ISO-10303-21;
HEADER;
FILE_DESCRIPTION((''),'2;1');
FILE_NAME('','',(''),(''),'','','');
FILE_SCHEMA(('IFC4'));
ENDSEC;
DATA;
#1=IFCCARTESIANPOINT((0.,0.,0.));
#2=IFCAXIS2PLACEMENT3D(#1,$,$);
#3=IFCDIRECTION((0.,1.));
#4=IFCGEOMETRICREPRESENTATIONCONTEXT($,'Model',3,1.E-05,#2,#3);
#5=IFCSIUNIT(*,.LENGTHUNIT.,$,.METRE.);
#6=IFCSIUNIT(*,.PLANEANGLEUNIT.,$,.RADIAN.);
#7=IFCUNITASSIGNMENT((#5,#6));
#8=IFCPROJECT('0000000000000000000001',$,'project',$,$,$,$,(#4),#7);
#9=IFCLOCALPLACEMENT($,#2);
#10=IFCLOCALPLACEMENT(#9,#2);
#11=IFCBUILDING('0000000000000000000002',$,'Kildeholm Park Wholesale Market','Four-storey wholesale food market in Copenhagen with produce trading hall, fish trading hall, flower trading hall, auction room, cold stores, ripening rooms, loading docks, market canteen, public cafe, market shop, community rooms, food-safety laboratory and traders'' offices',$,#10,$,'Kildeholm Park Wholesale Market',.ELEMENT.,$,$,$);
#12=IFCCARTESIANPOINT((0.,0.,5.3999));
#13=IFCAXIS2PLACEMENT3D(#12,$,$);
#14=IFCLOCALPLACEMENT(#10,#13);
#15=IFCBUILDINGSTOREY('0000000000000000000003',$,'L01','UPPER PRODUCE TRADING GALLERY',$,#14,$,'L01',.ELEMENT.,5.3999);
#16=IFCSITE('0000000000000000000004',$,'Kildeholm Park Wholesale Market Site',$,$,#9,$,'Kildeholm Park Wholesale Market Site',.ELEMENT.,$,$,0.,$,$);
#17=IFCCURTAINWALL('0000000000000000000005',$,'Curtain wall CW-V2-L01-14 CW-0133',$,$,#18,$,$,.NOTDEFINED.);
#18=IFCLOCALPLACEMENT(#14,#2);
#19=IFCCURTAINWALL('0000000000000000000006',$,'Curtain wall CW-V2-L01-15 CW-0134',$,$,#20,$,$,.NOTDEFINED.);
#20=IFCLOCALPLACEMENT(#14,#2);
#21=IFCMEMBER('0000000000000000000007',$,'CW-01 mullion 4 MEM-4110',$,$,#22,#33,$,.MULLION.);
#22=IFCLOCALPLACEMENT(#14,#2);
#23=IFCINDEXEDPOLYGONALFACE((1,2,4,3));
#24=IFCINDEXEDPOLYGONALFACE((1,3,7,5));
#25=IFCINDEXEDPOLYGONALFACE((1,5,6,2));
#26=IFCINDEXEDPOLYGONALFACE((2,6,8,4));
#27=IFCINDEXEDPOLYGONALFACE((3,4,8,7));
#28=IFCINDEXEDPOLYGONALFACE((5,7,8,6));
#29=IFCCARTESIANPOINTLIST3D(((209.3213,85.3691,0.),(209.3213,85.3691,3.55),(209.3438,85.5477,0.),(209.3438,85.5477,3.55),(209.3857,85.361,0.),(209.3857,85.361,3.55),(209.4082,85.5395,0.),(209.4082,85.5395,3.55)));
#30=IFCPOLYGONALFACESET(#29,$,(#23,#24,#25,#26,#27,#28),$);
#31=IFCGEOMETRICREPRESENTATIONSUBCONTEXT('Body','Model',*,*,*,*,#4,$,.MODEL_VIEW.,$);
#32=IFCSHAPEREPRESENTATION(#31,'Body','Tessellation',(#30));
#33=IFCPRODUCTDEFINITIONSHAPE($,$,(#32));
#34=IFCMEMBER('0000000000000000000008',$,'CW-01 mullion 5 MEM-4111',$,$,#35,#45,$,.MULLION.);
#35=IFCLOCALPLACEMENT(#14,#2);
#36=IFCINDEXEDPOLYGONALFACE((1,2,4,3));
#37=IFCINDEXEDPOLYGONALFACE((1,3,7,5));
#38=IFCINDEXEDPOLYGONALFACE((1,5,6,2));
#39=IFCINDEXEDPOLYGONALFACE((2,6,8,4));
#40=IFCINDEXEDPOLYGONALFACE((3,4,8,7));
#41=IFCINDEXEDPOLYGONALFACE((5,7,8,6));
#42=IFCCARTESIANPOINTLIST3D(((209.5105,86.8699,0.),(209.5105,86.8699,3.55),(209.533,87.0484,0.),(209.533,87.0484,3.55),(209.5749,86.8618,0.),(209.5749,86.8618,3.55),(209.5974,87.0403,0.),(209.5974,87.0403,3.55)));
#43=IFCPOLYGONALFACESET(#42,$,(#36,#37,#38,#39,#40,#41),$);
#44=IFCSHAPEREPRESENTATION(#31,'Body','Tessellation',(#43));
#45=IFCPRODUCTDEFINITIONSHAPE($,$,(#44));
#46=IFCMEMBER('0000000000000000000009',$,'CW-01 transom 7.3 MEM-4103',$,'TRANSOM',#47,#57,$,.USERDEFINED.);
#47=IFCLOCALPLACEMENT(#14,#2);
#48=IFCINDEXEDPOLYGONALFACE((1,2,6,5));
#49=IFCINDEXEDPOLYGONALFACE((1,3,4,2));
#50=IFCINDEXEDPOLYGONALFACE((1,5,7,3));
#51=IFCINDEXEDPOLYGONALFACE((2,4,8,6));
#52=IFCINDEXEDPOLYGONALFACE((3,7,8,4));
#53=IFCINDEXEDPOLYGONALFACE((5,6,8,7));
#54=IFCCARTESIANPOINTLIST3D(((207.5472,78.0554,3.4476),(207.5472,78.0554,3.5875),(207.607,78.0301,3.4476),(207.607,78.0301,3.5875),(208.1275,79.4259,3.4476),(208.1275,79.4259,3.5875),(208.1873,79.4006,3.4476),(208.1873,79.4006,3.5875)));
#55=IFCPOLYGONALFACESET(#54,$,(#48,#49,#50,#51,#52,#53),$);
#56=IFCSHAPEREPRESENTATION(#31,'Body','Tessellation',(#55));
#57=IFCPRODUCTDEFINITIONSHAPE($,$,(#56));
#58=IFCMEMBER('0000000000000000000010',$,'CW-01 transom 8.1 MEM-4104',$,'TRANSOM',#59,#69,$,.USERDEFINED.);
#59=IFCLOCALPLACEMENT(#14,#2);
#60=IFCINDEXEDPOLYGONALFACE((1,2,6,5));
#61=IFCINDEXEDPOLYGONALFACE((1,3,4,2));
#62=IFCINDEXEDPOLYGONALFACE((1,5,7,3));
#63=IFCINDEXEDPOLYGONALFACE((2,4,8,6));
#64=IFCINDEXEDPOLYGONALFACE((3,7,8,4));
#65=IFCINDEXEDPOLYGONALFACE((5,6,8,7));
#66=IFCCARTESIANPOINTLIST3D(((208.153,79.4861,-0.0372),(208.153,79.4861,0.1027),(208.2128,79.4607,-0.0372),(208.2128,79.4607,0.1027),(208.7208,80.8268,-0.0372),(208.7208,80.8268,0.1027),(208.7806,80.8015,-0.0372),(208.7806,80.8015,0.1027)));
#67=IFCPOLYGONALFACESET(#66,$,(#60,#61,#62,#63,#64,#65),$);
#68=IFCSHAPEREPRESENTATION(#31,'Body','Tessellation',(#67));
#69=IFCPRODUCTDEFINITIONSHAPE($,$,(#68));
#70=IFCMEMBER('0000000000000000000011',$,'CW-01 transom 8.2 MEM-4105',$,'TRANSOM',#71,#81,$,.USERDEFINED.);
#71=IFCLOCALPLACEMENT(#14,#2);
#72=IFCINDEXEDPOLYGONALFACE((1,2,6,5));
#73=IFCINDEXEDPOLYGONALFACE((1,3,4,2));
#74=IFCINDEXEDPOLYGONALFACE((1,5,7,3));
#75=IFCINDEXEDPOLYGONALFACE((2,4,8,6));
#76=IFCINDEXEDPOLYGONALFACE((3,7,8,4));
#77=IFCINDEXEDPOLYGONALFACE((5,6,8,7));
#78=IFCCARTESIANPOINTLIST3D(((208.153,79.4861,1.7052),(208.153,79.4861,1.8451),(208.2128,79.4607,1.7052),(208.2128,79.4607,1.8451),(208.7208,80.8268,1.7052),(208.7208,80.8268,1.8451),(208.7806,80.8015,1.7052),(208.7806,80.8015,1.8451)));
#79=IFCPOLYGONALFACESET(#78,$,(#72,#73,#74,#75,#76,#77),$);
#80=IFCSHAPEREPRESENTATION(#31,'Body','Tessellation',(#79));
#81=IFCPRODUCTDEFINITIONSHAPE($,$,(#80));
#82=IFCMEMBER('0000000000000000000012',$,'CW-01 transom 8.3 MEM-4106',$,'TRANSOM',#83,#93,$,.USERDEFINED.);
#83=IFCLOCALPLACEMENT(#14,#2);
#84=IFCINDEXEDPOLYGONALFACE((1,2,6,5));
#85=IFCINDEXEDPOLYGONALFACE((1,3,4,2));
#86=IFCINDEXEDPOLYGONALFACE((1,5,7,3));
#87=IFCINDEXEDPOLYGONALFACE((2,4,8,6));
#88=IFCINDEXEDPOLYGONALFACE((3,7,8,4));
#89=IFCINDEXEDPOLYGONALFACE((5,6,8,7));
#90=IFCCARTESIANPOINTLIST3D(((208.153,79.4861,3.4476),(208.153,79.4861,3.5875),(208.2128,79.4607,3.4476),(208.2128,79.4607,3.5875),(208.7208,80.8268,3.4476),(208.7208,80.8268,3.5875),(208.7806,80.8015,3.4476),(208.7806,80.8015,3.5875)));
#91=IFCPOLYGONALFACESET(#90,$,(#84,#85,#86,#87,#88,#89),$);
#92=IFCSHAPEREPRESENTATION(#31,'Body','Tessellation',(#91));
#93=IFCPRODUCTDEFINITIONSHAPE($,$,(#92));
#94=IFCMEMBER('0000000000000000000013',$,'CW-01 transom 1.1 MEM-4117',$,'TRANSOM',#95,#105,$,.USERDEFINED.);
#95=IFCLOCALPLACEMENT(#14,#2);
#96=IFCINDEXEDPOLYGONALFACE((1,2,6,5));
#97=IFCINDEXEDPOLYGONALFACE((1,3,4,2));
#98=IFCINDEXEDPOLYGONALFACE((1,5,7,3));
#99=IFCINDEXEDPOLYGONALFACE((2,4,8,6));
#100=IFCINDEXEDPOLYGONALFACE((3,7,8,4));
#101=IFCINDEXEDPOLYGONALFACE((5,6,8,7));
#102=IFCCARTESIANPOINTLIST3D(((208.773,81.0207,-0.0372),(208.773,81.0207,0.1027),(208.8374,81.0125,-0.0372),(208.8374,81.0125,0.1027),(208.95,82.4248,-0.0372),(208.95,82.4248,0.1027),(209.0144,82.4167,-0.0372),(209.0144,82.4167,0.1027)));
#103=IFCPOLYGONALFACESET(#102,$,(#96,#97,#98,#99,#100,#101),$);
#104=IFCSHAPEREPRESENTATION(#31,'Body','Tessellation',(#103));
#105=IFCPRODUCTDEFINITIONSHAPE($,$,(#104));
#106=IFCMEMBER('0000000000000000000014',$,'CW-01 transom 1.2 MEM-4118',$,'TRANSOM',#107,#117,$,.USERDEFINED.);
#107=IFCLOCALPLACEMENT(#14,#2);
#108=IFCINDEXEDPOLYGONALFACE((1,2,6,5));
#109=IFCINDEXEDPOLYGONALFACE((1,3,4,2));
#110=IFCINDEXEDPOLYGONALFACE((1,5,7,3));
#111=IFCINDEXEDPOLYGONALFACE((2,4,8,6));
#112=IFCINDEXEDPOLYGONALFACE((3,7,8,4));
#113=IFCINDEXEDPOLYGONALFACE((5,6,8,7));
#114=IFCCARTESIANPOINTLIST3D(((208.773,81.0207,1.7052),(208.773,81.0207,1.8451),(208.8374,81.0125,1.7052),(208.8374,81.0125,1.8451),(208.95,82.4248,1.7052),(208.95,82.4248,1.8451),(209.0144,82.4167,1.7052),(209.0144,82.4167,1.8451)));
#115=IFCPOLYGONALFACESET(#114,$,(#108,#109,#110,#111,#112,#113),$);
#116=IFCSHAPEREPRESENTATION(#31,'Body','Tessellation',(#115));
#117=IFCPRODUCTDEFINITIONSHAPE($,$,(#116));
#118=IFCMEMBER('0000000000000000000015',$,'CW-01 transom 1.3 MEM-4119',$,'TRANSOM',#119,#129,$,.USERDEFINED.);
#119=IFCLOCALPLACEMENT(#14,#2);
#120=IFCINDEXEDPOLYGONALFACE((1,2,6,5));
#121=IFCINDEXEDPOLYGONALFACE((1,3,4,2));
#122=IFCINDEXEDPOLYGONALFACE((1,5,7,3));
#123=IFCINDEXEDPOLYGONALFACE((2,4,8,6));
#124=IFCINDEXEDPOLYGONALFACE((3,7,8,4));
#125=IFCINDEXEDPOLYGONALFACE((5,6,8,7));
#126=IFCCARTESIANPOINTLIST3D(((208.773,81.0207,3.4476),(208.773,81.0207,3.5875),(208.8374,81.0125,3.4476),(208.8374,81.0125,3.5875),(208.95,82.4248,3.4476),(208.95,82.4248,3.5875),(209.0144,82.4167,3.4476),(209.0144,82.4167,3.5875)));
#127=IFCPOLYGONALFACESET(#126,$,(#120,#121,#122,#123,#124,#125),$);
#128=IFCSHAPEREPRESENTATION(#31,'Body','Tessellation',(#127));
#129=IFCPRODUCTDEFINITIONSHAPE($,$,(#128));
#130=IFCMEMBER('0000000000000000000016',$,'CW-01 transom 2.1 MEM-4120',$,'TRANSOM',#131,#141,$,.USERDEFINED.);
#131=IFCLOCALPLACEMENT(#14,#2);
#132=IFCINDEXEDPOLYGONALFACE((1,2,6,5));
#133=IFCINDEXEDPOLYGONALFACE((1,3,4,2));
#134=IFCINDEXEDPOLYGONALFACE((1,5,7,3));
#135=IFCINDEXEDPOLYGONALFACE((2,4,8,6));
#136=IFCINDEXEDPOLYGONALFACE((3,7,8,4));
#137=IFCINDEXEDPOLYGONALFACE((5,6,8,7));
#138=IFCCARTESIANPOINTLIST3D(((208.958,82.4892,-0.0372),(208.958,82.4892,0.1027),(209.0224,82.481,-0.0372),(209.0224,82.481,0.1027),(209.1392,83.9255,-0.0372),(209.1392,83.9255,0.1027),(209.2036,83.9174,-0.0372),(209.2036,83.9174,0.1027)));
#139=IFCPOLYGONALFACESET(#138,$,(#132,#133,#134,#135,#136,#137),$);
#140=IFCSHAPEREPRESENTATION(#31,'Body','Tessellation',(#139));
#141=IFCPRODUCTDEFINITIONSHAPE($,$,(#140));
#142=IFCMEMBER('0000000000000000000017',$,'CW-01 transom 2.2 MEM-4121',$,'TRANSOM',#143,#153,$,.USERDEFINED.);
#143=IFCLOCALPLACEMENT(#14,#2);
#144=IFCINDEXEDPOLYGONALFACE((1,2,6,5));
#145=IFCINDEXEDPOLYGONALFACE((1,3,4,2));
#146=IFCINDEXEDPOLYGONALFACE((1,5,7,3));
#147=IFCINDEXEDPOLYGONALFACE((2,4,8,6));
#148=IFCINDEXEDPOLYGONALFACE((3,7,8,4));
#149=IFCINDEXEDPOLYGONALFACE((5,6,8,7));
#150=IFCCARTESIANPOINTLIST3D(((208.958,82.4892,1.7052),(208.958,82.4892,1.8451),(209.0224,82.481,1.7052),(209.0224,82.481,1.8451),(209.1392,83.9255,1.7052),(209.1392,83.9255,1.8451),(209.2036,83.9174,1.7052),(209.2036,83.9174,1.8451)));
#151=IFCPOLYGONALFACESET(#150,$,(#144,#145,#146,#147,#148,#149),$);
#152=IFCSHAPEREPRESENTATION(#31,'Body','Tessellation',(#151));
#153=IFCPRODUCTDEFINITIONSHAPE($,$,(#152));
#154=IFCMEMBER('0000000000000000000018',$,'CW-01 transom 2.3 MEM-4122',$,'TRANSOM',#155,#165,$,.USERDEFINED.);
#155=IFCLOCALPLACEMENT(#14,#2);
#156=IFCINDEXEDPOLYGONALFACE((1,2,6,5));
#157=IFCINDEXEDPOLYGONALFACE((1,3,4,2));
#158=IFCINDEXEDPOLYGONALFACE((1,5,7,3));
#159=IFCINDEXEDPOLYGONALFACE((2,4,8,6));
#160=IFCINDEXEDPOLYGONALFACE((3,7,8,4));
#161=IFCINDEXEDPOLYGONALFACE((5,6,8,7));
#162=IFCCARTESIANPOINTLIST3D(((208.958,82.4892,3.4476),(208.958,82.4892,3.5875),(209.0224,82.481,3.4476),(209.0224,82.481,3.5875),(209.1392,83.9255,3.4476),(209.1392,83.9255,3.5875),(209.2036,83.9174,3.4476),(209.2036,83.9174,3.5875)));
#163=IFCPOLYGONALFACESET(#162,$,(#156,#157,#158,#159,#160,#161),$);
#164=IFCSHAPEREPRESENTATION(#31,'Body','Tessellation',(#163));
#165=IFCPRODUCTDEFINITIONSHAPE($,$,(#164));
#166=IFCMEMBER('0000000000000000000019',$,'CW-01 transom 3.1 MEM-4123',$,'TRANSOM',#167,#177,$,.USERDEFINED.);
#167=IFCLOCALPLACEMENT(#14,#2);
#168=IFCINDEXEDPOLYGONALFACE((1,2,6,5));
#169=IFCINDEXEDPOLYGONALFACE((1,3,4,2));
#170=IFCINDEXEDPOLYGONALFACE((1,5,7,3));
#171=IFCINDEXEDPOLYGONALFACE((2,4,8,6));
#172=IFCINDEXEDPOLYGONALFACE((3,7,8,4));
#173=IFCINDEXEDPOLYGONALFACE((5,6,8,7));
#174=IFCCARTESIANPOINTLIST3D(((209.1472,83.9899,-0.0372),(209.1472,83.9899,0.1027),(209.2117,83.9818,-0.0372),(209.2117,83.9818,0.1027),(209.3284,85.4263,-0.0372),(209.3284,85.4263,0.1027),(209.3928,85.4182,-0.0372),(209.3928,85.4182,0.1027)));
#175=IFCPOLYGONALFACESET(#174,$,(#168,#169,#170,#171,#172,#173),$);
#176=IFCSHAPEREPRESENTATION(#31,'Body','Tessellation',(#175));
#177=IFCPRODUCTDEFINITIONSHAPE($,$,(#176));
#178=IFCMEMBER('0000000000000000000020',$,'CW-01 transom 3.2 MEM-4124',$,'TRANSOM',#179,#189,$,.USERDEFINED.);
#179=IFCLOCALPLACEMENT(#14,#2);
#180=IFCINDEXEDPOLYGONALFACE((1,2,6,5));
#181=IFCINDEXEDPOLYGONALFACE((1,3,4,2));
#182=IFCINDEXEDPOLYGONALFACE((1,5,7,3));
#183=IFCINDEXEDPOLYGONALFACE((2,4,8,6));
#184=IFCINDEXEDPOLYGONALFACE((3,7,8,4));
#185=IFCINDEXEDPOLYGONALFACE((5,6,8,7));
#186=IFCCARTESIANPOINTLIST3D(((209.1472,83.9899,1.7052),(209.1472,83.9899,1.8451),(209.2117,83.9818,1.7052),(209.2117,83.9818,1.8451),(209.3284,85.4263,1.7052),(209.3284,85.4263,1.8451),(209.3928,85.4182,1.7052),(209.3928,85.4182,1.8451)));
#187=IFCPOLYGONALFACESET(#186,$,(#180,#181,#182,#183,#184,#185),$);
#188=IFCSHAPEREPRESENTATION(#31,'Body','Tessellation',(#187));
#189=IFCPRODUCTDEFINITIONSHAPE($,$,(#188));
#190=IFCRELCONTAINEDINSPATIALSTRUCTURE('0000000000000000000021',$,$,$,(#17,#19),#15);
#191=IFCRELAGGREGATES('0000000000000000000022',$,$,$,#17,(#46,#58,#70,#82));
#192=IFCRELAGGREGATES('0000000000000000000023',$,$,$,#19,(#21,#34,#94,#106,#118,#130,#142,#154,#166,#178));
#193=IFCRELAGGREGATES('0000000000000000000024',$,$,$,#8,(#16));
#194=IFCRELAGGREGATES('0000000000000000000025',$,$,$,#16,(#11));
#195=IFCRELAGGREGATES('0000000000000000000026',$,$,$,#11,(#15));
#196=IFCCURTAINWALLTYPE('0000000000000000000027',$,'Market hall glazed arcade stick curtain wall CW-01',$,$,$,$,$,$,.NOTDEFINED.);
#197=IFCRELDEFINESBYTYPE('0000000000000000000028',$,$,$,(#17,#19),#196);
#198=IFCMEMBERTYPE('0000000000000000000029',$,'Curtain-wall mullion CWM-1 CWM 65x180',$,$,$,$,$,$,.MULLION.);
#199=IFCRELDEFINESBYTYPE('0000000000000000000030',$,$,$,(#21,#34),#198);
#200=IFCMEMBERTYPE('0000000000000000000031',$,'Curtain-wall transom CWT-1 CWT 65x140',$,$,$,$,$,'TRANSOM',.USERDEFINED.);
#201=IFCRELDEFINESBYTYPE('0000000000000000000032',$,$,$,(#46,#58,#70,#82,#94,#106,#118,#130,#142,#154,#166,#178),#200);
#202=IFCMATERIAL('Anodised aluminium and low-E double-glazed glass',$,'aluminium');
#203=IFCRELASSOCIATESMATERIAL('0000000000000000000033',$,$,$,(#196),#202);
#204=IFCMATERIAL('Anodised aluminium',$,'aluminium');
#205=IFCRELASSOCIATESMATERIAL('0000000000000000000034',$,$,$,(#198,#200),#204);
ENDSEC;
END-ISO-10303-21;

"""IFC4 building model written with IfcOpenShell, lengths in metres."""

from ifc_helpers import new_model, si_unit, direction, frame, origin, origin_2d, place, context, subcontext, project, spatial, rectangle, extrude, material, material_profile, profile_set, type_object, element, aggregate, save


model = new_model("IFC4")

# Units and contexts
model_context = context("Model", 3, precision=1e-05, world=origin(), true_north=direction((0.0, 1.0)))
body_context = subcontext(model_context, "Body", "Model", "MODEL_VIEW")
ifc_project = project(units=[si_unit("LENGTHUNIT", "METRE"), si_unit("PLANEANGLEUNIT", "RADIAN")], contexts=[model_context])

# Site, building, storey
site_placement = place(None, origin())
site = spatial("IfcSite", under=ifc_project, at=site_placement, Name="Kildeholm Park Wholesale Market Site", LongName="Kildeholm Park Wholesale Market Site", CompositionType="ELEMENT", RefElevation=0.0)
building_placement = place(site_placement, origin())
building = spatial("IfcBuilding", under=site, at=building_placement, Name="Kildeholm Park Wholesale Market", Description="Four-storey wholesale food market in Copenhagen with produce trading hall, fish trading hall, flower trading hall, auction room, cold stores, ripening rooms, loading docks, market canteen, public cafe, market shop, community rooms, food-safety laboratory and traders' offices", LongName="Kildeholm Park Wholesale Market", CompositionType="ELEMENT")
storey_placement = place(building_placement, frame((0.0, 0.0, 5.3999)))
storey = spatial("IfcBuildingStorey", under=building, at=storey_placement, Name="L01", Description="UPPER PRODUCE TRADING GALLERY", LongName="L01", CompositionType="ELEMENT", Elevation=5.3999)

# Curtain walls, members
ifc_material_1 = material(Name="Anodised aluminium and low-E double-glazed glass", Category="aluminium")
curtain_wall_type = type_object("IfcCurtainWallType", Name="Market hall glazed arcade stick curtain wall CW-01", PredefinedType="NOTDEFINED", material=ifc_material_1)
curtain_wall_1_placement = place(storey_placement, origin())
curtain_wall_1 = element("IfcCurtainWall", 1, at=curtain_wall_1_placement, inside=storey, type_object=curtain_wall_type, Name="Curtain wall CW-V2-L01-14 CW-0133", PredefinedType="NOTDEFINED")
ifc_material_2 = material(Name="Anodised aluminium", Category="aluminium")
ifc_material_profile_1 = material_profile(ifc_material_2, rectangle(XDim=0.0649, YDim=0.1799, at=origin_2d()), Name="CWM 65x180")
ifc_profile_set_1 = profile_set([ifc_material_profile_1], Name="Anodised aluminium")
member_type_1 = type_object("IfcMemberType", Name="Curtain-wall mullion CWM-1 CWM 65x180", PredefinedType="MULLION", material=ifc_profile_set_1)
curtain_wall_2_placement = place(storey_placement, origin())
curtain_wall_2 = element("IfcCurtainWall", 2, at=curtain_wall_2_placement, inside=storey, type_object=curtain_wall_type, Name="Curtain wall CW-V2-L01-15 CW-0134", PredefinedType="NOTDEFINED")
member_1_placement = place(storey_placement, frame((209.3647, 85.4543, 0.0), z_axis=(0.0, 0.0, 1.0), x_axis=(-0.992145, 0.125092, 0.0)))
member_1 = element("IfcMember", 3, at=member_1_placement, type_object=member_type_1, Name="CW-01 mullion 4 MEM-4110", PredefinedType="MULLION", context=body_context, shape_type="SweptSolid", body=[
    extrude(rectangle(XDim=0.0649, YDim=0.1799, at=origin_2d()), origin(), (0.0, 0.0, 1.0), 3.55),
])
member_2_placement = place(storey_placement, frame((209.554, 86.9551, 0.0), z_axis=(0.0, 0.0, 1.0), x_axis=(-0.992145, 0.125092, 0.0)))
member_2 = element("IfcMember", 4, at=member_2_placement, type_object=member_type_1, Name="CW-01 mullion 5 MEM-4111", PredefinedType="MULLION", context=body_context, shape_type="SweptSolid", body=[
    extrude(rectangle(XDim=0.0649, YDim=0.1799, at=origin_2d()), origin(), (0.0, 0.0, 1.0), 3.55),
])

# Members
ifc_material_profile_2 = material_profile(ifc_material_2, rectangle(XDim=0.0649, YDim=0.1399, at=origin_2d()), Name="CWT 65x140")
ifc_profile_set_2 = profile_set([ifc_material_profile_2], Name="Anodised aluminium")
member_type_2 = type_object("IfcMemberType", Name="Curtain-wall transom CWT-1 CWT 65x140", ElementType="TRANSOM", PredefinedType="USERDEFINED", material=ifc_profile_set_2)
member_3_placement = place(storey_placement, frame((207.5771, 78.0427, 3.5176), z_axis=(0.389897, 0.920859, 0.0), x_axis=(-0.920859, 0.389897, 0.0)))
member_3 = element("IfcMember", 5, at=member_3_placement, type_object=member_type_2, Name="CW-01 transom 7.3 MEM-4103", ObjectType="TRANSOM", PredefinedType="USERDEFINED", context=body_context, shape_type="SweptSolid", body=[
    extrude(rectangle(XDim=0.0649, YDim=0.1399, at=origin_2d()), origin(), (0.0, 0.0, 1.0), 1.4883),
])
member_4_placement = place(storey_placement, frame((208.1829, 79.4734, 0.0327), z_axis=(0.38999, 0.920819, 0.0), x_axis=(-0.920819, 0.38999, 0.0)))
member_4 = element("IfcMember", 6, at=member_4_placement, type_object=member_type_2, Name="CW-01 transom 8.1 MEM-4104", ObjectType="TRANSOM", PredefinedType="USERDEFINED", context=body_context, shape_type="SweptSolid", body=[
    extrude(rectangle(XDim=0.0649, YDim=0.1399, at=origin_2d()), origin(), (0.0, 0.0, 1.0), 1.4561),
])
member_5_placement = place(storey_placement, frame((208.1829, 79.4734, 1.7751), z_axis=(0.38999, 0.920819, 0.0), x_axis=(-0.920819, 0.38999, 0.0)))
member_5 = element("IfcMember", 7, at=member_5_placement, type_object=member_type_2, Name="CW-01 transom 8.2 MEM-4105", ObjectType="TRANSOM", PredefinedType="USERDEFINED", context=body_context, shape_type="SweptSolid", body=[
    extrude(rectangle(XDim=0.0649, YDim=0.1399, at=origin_2d()), origin(), (0.0, 0.0, 1.0), 1.4561),
])
member_6_placement = place(storey_placement, frame((208.1829, 79.4734, 3.5176), z_axis=(0.38999, 0.920819, 0.0), x_axis=(-0.920819, 0.38999, 0.0)))
member_6 = element("IfcMember", 8, at=member_6_placement, type_object=member_type_2, Name="CW-01 transom 8.3 MEM-4106", ObjectType="TRANSOM", PredefinedType="USERDEFINED", context=body_context, shape_type="SweptSolid", body=[
    extrude(rectangle(XDim=0.0649, YDim=0.1399, at=origin_2d()), origin(), (0.0, 0.0, 1.0), 1.4561),
])
member_7_placement = place(storey_placement, frame((208.8052, 81.0166, 0.0327), z_axis=(0.125075, 0.992147, 0.0), x_axis=(-0.992147, 0.125075, 0.0)))
member_7 = element("IfcMember", 9, at=member_7_placement, type_object=member_type_2, Name="CW-01 transom 1.1 MEM-4117", ObjectType="TRANSOM", PredefinedType="USERDEFINED", context=body_context, shape_type="SweptSolid", body=[
    extrude(rectangle(XDim=0.0649, YDim=0.1399, at=origin_2d()), origin(), (0.0, 0.0, 1.0), 1.4153),
])
member_8_placement = place(storey_placement, frame((208.8052, 81.0166, 1.7751), z_axis=(0.125075, 0.992147, 0.0), x_axis=(-0.992147, 0.125075, 0.0)))
member_8 = element("IfcMember", 10, at=member_8_placement, type_object=member_type_2, Name="CW-01 transom 1.2 MEM-4118", ObjectType="TRANSOM", PredefinedType="USERDEFINED", context=body_context, shape_type="SweptSolid", body=[
    extrude(rectangle(XDim=0.0649, YDim=0.1399, at=origin_2d()), origin(), (0.0, 0.0, 1.0), 1.4153),
])
member_9_placement = place(storey_placement, frame((208.8052, 81.0166, 3.5176), z_axis=(0.125075, 0.992147, 0.0), x_axis=(-0.992147, 0.125075, 0.0)))
member_9 = element("IfcMember", 11, at=member_9_placement, type_object=member_type_2, Name="CW-01 transom 1.3 MEM-4119", ObjectType="TRANSOM", PredefinedType="USERDEFINED", context=body_context, shape_type="SweptSolid", body=[
    extrude(rectangle(XDim=0.0649, YDim=0.1399, at=origin_2d()), origin(), (0.0, 0.0, 1.0), 1.4153),
])
member_10_placement = place(storey_placement, frame((208.9902, 82.4851, 0.0327), z_axis=(0.125135, 0.99214, 0.0), x_axis=(-0.99214, 0.125135, 0.0)))
member_10 = element("IfcMember", 12, at=member_10_placement, type_object=member_type_2, Name="CW-01 transom 2.1 MEM-4120", ObjectType="TRANSOM", PredefinedType="USERDEFINED", context=body_context, shape_type="SweptSolid", body=[
    extrude(rectangle(XDim=0.0649, YDim=0.1399, at=origin_2d()), origin(), (0.0, 0.0, 1.0), 1.4478),
])
member_11_placement = place(storey_placement, frame((208.9902, 82.4851, 1.7751), z_axis=(0.125135, 0.99214, 0.0), x_axis=(-0.99214, 0.125135, 0.0)))
member_11 = element("IfcMember", 13, at=member_11_placement, type_object=member_type_2, Name="CW-01 transom 2.2 MEM-4121", ObjectType="TRANSOM", PredefinedType="USERDEFINED", context=body_context, shape_type="SweptSolid", body=[
    extrude(rectangle(XDim=0.0649, YDim=0.1399, at=origin_2d()), origin(), (0.0, 0.0, 1.0), 1.4478),
])
member_12_placement = place(storey_placement, frame((208.9902, 82.4851, 3.5176), z_axis=(0.125135, 0.99214, 0.0), x_axis=(-0.99214, 0.125135, 0.0)))
member_12 = element("IfcMember", 14, at=member_12_placement, type_object=member_type_2, Name="CW-01 transom 2.3 MEM-4122", ObjectType="TRANSOM", PredefinedType="USERDEFINED", context=body_context, shape_type="SweptSolid", body=[
    extrude(rectangle(XDim=0.0649, YDim=0.1399, at=origin_2d()), origin(), (0.0, 0.0, 1.0), 1.4478),
])
member_13_placement = place(storey_placement, frame((209.1794, 83.9858, 0.0327), z_axis=(0.125135, 0.99214, 0.0), x_axis=(-0.99214, 0.125135, 0.0)))
member_13 = element("IfcMember", 15, at=member_13_placement, type_object=member_type_2, Name="CW-01 transom 3.1 MEM-4123", ObjectType="TRANSOM", PredefinedType="USERDEFINED", context=body_context, shape_type="SweptSolid", body=[
    extrude(rectangle(XDim=0.0649, YDim=0.1399, at=origin_2d()), origin(), (0.0, 0.0, 1.0), 1.4478),
])
member_14_placement = place(storey_placement, frame((209.1794, 83.9858, 1.7751), z_axis=(0.125135, 0.99214, 0.0), x_axis=(-0.99214, 0.125135, 0.0)))
member_14 = element("IfcMember", 16, at=member_14_placement, type_object=member_type_2, Name="CW-01 transom 3.2 MEM-4124", ObjectType="TRANSOM", PredefinedType="USERDEFINED", context=body_context, shape_type="SweptSolid", body=[
    extrude(rectangle(XDim=0.0649, YDim=0.1399, at=origin_2d()), origin(), (0.0, 0.0, 1.0), 1.4478),
])

aggregate(curtain_wall_1, [member_3, member_4, member_5, member_6])
aggregate(curtain_wall_2, [member_1, member_2, member_7, member_8, member_9, member_10, member_11, member_12, member_13, member_14])

save(model, "model.ifc")
